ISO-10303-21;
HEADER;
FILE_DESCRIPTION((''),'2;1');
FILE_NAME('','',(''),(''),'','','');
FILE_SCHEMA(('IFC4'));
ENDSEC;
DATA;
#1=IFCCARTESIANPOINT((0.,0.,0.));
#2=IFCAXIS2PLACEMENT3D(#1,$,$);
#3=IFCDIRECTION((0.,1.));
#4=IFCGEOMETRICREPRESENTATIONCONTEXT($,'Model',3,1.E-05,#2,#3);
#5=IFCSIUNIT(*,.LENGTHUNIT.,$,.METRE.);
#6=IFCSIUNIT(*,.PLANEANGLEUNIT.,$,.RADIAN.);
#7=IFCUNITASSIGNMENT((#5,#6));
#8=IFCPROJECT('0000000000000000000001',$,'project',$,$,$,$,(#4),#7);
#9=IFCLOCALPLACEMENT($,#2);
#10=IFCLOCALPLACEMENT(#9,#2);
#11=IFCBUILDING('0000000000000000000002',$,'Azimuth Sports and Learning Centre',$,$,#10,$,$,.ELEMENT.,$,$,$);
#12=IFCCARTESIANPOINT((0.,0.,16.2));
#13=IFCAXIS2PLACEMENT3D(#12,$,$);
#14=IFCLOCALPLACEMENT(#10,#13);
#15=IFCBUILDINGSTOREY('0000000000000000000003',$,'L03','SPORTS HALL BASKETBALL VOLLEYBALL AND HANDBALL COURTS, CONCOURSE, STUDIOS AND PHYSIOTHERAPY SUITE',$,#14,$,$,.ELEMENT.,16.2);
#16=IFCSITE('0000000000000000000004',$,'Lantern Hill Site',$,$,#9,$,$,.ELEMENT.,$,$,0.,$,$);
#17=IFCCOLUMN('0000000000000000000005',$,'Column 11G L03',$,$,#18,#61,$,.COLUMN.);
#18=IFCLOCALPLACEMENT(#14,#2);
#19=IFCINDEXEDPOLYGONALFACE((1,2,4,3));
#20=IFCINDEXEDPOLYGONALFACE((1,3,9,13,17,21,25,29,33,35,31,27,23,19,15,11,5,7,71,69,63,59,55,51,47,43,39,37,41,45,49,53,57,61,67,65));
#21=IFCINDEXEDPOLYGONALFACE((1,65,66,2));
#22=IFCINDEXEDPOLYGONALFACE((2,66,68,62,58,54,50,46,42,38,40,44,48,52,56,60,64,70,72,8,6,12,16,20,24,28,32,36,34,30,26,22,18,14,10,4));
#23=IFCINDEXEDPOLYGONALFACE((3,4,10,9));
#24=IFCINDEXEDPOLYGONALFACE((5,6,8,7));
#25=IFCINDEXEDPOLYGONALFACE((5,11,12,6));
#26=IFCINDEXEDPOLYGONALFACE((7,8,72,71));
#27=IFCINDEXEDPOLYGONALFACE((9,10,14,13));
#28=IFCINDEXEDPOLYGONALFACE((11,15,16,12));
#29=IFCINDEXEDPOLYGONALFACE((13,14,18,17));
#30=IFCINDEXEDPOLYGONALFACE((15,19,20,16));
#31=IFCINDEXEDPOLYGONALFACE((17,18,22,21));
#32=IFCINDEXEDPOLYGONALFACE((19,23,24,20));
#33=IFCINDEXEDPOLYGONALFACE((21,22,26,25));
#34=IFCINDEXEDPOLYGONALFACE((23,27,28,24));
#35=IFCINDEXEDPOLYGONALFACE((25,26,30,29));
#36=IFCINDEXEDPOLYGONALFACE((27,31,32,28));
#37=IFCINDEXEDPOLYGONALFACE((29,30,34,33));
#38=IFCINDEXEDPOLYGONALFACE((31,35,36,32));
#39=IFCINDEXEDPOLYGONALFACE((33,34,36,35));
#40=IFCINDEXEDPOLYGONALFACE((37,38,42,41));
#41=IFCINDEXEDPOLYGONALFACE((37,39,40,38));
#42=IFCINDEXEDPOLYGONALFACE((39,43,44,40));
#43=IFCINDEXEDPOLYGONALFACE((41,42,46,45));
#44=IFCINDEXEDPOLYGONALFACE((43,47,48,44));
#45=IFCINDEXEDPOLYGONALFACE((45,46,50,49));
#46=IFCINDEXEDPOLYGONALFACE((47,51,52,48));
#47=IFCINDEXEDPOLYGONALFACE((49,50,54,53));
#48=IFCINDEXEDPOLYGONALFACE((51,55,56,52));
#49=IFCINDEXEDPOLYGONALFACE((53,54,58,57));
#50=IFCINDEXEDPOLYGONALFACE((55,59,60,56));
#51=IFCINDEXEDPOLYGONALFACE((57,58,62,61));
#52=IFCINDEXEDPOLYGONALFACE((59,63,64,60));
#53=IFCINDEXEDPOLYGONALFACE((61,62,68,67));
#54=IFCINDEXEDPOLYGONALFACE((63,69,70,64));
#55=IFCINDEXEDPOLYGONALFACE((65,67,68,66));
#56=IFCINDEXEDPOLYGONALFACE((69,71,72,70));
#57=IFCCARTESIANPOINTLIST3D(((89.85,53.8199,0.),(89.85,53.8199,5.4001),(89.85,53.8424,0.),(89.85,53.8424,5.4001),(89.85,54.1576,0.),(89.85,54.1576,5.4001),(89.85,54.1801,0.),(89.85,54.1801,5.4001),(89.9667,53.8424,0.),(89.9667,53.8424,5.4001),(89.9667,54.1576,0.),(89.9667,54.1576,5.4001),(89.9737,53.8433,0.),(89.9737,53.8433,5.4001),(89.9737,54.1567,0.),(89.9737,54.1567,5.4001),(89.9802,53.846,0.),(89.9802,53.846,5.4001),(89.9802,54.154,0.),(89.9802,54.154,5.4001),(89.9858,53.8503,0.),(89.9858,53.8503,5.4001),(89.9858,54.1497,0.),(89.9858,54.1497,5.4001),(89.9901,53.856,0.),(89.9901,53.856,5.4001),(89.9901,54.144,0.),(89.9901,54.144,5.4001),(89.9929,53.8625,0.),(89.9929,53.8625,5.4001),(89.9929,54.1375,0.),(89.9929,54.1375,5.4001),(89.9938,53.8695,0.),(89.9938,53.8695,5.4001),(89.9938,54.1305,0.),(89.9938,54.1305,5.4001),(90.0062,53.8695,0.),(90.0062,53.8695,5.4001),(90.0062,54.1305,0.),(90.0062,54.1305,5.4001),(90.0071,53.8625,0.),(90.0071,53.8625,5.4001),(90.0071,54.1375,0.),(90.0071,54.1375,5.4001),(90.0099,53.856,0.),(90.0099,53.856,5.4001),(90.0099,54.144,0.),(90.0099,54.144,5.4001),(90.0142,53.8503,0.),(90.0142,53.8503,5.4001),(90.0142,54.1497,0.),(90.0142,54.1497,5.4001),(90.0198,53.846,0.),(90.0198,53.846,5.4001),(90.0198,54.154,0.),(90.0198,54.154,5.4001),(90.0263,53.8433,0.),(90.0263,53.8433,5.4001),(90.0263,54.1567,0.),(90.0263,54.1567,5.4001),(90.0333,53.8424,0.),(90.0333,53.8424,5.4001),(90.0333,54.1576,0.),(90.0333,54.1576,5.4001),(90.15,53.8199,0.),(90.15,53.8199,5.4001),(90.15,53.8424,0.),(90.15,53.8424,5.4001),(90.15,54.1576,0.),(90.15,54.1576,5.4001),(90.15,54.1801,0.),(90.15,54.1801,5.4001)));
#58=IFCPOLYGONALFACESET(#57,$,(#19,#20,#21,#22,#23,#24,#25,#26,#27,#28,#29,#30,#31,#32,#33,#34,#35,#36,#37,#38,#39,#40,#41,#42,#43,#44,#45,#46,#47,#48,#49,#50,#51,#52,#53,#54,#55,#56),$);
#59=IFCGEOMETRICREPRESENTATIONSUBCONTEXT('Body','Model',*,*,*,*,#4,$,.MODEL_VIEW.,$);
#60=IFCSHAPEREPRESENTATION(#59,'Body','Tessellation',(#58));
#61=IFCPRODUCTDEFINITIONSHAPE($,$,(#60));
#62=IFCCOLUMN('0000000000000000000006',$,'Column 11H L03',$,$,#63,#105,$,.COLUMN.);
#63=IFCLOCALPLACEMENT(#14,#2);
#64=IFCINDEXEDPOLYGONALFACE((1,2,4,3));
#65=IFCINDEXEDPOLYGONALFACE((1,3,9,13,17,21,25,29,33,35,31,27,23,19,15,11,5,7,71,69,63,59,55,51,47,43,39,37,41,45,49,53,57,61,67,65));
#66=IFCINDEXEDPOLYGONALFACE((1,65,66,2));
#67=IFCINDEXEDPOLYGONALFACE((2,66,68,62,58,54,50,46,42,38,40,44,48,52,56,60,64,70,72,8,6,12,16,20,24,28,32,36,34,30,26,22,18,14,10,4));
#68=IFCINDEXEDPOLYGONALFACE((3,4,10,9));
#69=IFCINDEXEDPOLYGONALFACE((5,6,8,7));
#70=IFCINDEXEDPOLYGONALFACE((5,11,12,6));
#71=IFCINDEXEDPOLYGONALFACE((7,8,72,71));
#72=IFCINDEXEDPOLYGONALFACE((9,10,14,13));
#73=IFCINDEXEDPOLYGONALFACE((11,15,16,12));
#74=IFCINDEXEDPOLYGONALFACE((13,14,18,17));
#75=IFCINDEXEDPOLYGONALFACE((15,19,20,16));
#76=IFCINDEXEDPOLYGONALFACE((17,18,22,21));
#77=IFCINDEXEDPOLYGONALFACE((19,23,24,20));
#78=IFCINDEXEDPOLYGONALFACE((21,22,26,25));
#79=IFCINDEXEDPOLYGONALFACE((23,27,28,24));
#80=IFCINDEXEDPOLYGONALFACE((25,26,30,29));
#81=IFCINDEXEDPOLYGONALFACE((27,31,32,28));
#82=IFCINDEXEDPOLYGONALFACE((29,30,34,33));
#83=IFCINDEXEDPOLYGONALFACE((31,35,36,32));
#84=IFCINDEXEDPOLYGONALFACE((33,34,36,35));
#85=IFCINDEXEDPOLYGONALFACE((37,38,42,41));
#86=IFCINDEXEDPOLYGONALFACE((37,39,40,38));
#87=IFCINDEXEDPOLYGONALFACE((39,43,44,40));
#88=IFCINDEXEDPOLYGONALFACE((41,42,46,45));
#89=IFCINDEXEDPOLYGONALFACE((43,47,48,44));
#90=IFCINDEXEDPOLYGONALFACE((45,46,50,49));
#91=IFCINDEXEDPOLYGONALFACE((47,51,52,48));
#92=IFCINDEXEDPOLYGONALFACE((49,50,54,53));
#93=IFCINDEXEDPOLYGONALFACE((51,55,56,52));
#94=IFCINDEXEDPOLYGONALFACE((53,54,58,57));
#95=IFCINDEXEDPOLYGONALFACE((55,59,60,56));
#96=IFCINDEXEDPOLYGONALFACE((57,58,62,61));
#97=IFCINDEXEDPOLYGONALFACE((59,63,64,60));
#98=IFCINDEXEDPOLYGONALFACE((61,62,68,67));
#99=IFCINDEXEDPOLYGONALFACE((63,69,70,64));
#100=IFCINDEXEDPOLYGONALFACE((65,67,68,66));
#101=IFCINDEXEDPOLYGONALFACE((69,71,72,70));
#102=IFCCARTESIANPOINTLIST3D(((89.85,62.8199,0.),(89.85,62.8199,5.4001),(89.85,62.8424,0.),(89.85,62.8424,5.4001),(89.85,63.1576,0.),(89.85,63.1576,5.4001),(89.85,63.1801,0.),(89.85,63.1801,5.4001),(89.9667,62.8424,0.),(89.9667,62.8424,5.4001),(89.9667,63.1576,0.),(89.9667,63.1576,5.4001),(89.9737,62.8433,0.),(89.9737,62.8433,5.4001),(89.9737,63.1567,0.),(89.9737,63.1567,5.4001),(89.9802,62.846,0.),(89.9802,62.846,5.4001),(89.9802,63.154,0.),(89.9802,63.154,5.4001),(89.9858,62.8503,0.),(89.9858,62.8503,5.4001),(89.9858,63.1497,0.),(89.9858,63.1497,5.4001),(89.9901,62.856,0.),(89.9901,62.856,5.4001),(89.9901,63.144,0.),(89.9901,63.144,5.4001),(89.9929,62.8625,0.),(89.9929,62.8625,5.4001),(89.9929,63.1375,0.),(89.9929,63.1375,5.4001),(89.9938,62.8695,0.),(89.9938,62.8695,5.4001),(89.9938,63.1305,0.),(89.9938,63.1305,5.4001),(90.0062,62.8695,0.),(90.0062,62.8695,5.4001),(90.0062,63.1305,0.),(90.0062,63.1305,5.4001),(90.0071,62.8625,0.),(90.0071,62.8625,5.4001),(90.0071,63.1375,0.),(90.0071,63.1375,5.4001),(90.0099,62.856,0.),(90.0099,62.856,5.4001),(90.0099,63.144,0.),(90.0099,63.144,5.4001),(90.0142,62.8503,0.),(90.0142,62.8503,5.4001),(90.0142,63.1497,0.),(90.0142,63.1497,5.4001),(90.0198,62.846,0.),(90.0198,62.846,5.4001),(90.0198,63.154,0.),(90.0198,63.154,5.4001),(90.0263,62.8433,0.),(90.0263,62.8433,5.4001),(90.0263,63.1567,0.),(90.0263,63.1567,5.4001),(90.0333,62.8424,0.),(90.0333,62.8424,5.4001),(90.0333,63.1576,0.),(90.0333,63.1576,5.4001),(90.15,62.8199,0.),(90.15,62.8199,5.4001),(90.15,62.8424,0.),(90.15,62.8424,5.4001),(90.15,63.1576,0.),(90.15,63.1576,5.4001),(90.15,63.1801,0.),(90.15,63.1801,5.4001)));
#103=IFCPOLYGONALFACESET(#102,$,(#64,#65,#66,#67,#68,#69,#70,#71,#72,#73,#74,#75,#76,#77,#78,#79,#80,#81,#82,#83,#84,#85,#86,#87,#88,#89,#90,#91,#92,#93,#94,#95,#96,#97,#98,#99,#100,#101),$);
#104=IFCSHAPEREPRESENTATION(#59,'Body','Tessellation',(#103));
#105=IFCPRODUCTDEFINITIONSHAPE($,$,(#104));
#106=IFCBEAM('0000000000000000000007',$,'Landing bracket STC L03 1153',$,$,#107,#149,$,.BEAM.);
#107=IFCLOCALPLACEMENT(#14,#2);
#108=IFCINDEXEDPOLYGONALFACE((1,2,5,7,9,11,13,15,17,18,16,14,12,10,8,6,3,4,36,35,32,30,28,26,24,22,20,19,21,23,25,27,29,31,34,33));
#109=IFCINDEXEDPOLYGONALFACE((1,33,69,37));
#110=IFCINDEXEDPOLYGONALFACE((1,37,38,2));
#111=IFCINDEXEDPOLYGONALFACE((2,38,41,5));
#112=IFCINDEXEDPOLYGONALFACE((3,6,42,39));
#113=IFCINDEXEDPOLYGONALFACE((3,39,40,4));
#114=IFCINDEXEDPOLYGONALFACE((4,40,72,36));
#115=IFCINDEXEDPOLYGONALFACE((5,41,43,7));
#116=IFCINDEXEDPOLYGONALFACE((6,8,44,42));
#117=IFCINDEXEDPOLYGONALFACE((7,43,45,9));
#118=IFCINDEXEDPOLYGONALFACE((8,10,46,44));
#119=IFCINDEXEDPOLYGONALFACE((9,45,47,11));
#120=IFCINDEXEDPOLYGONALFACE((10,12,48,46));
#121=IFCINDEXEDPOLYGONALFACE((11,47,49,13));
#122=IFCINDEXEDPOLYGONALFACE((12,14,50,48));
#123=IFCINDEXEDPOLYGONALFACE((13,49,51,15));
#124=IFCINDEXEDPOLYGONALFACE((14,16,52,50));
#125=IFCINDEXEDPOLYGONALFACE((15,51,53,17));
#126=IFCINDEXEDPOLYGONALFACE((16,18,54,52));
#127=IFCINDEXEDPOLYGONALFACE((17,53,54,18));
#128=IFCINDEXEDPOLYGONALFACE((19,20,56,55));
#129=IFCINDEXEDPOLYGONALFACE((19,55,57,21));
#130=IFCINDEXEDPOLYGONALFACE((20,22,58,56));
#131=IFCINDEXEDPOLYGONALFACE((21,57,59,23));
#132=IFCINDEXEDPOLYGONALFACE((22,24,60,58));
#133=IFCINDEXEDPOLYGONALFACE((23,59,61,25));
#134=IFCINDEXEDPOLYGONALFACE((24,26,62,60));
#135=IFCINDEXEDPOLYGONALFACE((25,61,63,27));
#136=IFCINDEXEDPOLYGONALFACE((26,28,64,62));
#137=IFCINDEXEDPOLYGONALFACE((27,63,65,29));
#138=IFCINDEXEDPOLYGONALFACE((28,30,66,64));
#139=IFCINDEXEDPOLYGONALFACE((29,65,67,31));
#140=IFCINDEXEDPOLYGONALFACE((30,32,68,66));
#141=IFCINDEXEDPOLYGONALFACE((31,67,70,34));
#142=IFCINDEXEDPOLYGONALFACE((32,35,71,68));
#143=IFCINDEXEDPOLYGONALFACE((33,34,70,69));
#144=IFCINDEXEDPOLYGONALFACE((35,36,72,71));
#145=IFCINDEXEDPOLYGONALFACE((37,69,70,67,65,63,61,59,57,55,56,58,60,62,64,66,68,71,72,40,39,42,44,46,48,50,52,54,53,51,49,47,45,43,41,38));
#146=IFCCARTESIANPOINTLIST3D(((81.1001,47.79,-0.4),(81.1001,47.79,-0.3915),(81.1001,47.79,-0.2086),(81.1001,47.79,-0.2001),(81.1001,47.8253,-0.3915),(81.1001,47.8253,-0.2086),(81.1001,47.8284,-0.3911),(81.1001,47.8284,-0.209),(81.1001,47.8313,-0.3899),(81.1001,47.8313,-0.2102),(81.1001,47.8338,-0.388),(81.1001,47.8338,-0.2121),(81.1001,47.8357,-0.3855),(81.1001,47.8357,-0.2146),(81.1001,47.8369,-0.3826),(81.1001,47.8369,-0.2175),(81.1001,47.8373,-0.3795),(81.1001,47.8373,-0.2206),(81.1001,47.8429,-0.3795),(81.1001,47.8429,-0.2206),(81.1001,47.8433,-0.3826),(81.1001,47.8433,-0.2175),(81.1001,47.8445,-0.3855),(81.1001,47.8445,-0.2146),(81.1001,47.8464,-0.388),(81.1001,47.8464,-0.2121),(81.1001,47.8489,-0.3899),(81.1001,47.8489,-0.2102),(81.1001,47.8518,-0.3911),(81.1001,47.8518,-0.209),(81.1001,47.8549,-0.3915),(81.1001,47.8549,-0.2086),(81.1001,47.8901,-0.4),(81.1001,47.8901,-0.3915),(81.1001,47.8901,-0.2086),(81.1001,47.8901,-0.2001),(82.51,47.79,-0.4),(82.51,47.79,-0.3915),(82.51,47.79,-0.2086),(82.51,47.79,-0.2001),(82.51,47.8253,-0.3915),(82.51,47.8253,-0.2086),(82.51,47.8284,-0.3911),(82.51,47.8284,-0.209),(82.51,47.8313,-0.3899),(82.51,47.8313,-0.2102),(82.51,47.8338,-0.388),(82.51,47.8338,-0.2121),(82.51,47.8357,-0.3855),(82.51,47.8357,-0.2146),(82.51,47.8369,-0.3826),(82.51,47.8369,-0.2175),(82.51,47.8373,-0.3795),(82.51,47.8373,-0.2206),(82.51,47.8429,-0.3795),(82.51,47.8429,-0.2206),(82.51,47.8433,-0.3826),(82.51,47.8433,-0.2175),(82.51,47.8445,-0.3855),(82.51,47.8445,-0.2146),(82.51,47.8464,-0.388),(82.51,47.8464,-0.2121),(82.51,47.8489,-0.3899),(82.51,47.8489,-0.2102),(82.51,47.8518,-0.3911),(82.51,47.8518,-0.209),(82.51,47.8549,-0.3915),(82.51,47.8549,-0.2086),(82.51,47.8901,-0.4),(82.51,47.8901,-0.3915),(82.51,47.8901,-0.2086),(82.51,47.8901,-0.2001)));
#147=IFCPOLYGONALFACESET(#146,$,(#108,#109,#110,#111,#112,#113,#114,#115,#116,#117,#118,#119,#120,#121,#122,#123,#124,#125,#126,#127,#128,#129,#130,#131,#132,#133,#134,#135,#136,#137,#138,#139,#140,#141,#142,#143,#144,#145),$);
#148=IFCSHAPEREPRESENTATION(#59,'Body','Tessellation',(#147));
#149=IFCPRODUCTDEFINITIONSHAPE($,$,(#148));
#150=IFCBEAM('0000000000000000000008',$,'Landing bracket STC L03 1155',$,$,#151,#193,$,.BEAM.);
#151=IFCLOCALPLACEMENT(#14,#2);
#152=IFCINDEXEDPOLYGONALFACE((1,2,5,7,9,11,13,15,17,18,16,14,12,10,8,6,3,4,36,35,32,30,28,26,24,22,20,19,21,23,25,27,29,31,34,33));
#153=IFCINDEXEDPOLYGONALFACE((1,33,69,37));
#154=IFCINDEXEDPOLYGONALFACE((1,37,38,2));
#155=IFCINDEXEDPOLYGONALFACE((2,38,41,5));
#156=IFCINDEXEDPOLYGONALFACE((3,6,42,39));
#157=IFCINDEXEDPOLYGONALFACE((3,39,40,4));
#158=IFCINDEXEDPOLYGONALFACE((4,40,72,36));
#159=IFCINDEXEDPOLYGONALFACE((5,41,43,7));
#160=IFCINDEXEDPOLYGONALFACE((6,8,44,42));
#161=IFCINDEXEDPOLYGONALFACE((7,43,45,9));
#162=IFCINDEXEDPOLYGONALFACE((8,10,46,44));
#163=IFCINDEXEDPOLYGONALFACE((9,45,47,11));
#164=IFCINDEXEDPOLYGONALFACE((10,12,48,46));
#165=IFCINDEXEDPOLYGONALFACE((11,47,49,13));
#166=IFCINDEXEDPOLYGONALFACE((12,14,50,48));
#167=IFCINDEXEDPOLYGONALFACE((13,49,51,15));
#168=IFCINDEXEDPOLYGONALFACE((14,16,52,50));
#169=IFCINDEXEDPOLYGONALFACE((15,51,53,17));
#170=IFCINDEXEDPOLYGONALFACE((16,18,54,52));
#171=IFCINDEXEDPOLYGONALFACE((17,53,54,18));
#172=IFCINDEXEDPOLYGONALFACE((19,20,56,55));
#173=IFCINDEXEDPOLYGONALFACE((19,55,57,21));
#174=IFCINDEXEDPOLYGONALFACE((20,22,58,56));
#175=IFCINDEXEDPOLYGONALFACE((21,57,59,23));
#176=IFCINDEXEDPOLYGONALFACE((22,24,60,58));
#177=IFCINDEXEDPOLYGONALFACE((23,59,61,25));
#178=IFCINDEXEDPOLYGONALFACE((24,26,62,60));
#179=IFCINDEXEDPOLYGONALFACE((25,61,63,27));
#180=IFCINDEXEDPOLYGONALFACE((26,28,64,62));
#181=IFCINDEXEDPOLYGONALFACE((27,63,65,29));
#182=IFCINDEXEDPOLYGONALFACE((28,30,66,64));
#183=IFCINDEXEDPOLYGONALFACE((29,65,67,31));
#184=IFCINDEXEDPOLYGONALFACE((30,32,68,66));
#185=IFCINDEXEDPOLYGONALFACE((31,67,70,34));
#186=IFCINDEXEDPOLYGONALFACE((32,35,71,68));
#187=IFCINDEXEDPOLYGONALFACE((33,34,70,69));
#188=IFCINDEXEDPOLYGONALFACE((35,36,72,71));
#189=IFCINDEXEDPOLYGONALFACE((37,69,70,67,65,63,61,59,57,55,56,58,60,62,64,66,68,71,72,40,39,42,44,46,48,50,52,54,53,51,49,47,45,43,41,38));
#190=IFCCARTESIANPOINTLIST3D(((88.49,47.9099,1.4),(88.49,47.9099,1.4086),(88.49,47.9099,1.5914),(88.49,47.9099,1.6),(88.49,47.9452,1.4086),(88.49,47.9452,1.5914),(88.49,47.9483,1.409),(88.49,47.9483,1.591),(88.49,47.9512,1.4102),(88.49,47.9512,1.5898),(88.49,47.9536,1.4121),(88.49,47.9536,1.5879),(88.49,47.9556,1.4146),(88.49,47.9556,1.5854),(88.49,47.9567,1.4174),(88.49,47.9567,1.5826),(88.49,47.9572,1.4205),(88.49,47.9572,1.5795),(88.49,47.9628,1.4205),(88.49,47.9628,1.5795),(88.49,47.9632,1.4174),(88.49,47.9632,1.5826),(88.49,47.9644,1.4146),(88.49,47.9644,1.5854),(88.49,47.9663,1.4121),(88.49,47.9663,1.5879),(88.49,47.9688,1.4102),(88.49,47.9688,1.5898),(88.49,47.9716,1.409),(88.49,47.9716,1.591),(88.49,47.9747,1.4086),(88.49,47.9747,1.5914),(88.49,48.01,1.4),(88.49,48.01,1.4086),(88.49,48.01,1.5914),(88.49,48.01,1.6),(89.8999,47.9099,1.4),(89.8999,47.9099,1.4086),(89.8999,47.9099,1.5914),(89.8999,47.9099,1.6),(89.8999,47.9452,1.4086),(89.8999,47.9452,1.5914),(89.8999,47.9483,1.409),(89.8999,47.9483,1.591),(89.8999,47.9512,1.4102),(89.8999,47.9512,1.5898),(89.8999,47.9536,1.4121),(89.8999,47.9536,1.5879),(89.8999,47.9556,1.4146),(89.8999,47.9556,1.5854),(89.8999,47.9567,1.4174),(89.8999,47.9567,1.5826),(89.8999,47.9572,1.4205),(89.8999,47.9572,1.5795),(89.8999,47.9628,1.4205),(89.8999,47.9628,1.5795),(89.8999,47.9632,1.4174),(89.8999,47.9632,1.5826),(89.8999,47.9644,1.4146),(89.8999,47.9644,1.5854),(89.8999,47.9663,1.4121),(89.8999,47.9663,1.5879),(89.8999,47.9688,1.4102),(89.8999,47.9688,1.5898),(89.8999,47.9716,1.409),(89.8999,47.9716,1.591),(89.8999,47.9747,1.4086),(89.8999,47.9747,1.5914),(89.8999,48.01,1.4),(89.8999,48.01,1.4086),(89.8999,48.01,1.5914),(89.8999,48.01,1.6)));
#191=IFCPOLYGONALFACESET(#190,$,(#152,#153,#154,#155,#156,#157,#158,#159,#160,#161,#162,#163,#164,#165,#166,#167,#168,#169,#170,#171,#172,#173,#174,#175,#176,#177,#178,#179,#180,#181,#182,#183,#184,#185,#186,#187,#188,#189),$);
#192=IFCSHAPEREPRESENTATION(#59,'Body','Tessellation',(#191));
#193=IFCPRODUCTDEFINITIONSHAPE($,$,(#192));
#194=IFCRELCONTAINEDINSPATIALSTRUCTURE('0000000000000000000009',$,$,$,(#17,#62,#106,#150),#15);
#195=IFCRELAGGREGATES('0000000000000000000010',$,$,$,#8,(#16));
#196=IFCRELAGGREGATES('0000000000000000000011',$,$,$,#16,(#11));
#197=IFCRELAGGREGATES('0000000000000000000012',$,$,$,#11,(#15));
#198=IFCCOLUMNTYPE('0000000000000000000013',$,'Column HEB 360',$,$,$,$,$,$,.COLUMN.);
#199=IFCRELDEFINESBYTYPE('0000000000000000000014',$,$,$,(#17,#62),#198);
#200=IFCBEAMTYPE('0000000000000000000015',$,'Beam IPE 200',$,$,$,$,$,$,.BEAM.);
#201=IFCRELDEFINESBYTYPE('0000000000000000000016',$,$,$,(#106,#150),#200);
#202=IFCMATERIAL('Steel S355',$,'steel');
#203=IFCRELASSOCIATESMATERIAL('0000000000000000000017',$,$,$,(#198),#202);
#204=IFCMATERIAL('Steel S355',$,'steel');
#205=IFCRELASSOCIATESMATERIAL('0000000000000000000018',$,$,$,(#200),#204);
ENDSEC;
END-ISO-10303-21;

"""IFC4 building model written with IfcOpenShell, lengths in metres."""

from ifc_helpers import new_model, si_unit, direction, frame, origin, origin_2d, place, context, subcontext, project, spatial, i_section, extrude, material, material_profile, profile_set, type_object, element, save


model = new_model("IFC4")

# Units and contexts
model_context = context("Model", 3, precision=1e-05, world=origin(), true_north=direction((0.0, 1.0)))
body_context = subcontext(model_context, "Body", "Model", "MODEL_VIEW")
ifc_project = project(units=[si_unit("LENGTHUNIT", "METRE"), si_unit("PLANEANGLEUNIT", "RADIAN")], contexts=[model_context])

# Site, building, storey
site_placement = place(None, origin())
site = spatial("IfcSite", under=ifc_project, at=site_placement, Name="Lantern Hill Site", CompositionType="ELEMENT", RefElevation=0.0)
building_placement = place(site_placement, origin())
building = spatial("IfcBuilding", under=site, at=building_placement, Name="Azimuth Sports and Learning Centre", CompositionType="ELEMENT")
storey_placement = place(building_placement, frame((0.0, 0.0, 16.2)))
storey = spatial("IfcBuildingStorey", under=building, at=storey_placement, Name="L03", Description="SPORTS HALL BASKETBALL VOLLEYBALL AND HANDBALL COURTS, CONCOURSE, STUDIOS AND PHYSIOTHERAPY SUITE", CompositionType="ELEMENT", Elevation=16.2)

# Columns
ifc_material_1 = material(Name="Steel S355", Category="steel")
ifc_material_profile_1 = material_profile(ifc_material_1, i_section(OverallWidth=0.3, OverallDepth=0.3601, WebThickness=0.0125, FlangeThickness=0.0225, FilletRadius=0.0271, at=origin_2d()), Name="HEB 360")
ifc_profile_set_1 = profile_set([ifc_material_profile_1], Name="Steel S355")
column_type = type_object("IfcColumnType", Name="Column HEB 360", PredefinedType="COLUMN", material=ifc_profile_set_1)
for number, where, z_axis, x_axis, name in (
    (1, (90.0, 54.0, 0.0), (0.0, 0.0, 1.0), (1.0, 0.0, 0.0), "Column 11G L03"),
    (2, (90.0, 63.0, 0.0), (0.0, 0.0, 1.0), (1.0, 0.0, 0.0), "Column 11H L03"),
):
    element("IfcColumn", number, at=place(storey_placement, frame(where, z_axis=z_axis, x_axis=x_axis)), inside=storey, type_object=column_type, Name=name, PredefinedType="COLUMN", context=body_context, shape_type="SweptSolid", body=[
        extrude(i_section(OverallWidth=0.3, OverallDepth=0.3601, WebThickness=0.0125, FlangeThickness=0.0225, FilletRadius=0.0271, at=origin_2d()), origin(), (0.0, 0.0, 1.0), 5.4001),
    ])

# Beams
ifc_material_2 = material(Name="Steel S355", Category="steel")
ifc_material_profile_2 = material_profile(ifc_material_2, i_section(OverallWidth=0.1001, OverallDepth=0.2, WebThickness=0.0056, FlangeThickness=0.0085, FilletRadius=0.012, at=origin_2d()), Name="IPE 200")
ifc_profile_set_2 = profile_set([ifc_material_profile_2], Name="Steel S355")
beam_type_1 = type_object("IfcBeamType", Name="Beam IPE 200", PredefinedType="BEAM", material=ifc_profile_set_2)
for number, where, z_axis, x_axis, name in (
    (3, (81.1001, 47.8401, -0.3), (1.0, 0.0, 0.0), (0.0, 1.0, 0.0), "Landing bracket STC L03 1153"),
    (4, (89.8999, 47.96, 1.5), (-1.0, 0.0, 0.0), (0.0, -1.0, 0.0), "Landing bracket STC L03 1155"),
):
    element("IfcBeam", number, at=place(storey_placement, frame(where, z_axis=z_axis, x_axis=x_axis)), inside=storey, type_object=beam_type_1, Name=name, PredefinedType="BEAM", context=body_context, shape_type="SweptSolid", body=[
        extrude(i_section(OverallWidth=0.1001, OverallDepth=0.2, WebThickness=0.0056, FlangeThickness=0.0085, FilletRadius=0.012, at=origin_2d()), origin(), (0.0, 0.0, 1.0), 1.4099),
    ])

save(model, "model.ifc")
